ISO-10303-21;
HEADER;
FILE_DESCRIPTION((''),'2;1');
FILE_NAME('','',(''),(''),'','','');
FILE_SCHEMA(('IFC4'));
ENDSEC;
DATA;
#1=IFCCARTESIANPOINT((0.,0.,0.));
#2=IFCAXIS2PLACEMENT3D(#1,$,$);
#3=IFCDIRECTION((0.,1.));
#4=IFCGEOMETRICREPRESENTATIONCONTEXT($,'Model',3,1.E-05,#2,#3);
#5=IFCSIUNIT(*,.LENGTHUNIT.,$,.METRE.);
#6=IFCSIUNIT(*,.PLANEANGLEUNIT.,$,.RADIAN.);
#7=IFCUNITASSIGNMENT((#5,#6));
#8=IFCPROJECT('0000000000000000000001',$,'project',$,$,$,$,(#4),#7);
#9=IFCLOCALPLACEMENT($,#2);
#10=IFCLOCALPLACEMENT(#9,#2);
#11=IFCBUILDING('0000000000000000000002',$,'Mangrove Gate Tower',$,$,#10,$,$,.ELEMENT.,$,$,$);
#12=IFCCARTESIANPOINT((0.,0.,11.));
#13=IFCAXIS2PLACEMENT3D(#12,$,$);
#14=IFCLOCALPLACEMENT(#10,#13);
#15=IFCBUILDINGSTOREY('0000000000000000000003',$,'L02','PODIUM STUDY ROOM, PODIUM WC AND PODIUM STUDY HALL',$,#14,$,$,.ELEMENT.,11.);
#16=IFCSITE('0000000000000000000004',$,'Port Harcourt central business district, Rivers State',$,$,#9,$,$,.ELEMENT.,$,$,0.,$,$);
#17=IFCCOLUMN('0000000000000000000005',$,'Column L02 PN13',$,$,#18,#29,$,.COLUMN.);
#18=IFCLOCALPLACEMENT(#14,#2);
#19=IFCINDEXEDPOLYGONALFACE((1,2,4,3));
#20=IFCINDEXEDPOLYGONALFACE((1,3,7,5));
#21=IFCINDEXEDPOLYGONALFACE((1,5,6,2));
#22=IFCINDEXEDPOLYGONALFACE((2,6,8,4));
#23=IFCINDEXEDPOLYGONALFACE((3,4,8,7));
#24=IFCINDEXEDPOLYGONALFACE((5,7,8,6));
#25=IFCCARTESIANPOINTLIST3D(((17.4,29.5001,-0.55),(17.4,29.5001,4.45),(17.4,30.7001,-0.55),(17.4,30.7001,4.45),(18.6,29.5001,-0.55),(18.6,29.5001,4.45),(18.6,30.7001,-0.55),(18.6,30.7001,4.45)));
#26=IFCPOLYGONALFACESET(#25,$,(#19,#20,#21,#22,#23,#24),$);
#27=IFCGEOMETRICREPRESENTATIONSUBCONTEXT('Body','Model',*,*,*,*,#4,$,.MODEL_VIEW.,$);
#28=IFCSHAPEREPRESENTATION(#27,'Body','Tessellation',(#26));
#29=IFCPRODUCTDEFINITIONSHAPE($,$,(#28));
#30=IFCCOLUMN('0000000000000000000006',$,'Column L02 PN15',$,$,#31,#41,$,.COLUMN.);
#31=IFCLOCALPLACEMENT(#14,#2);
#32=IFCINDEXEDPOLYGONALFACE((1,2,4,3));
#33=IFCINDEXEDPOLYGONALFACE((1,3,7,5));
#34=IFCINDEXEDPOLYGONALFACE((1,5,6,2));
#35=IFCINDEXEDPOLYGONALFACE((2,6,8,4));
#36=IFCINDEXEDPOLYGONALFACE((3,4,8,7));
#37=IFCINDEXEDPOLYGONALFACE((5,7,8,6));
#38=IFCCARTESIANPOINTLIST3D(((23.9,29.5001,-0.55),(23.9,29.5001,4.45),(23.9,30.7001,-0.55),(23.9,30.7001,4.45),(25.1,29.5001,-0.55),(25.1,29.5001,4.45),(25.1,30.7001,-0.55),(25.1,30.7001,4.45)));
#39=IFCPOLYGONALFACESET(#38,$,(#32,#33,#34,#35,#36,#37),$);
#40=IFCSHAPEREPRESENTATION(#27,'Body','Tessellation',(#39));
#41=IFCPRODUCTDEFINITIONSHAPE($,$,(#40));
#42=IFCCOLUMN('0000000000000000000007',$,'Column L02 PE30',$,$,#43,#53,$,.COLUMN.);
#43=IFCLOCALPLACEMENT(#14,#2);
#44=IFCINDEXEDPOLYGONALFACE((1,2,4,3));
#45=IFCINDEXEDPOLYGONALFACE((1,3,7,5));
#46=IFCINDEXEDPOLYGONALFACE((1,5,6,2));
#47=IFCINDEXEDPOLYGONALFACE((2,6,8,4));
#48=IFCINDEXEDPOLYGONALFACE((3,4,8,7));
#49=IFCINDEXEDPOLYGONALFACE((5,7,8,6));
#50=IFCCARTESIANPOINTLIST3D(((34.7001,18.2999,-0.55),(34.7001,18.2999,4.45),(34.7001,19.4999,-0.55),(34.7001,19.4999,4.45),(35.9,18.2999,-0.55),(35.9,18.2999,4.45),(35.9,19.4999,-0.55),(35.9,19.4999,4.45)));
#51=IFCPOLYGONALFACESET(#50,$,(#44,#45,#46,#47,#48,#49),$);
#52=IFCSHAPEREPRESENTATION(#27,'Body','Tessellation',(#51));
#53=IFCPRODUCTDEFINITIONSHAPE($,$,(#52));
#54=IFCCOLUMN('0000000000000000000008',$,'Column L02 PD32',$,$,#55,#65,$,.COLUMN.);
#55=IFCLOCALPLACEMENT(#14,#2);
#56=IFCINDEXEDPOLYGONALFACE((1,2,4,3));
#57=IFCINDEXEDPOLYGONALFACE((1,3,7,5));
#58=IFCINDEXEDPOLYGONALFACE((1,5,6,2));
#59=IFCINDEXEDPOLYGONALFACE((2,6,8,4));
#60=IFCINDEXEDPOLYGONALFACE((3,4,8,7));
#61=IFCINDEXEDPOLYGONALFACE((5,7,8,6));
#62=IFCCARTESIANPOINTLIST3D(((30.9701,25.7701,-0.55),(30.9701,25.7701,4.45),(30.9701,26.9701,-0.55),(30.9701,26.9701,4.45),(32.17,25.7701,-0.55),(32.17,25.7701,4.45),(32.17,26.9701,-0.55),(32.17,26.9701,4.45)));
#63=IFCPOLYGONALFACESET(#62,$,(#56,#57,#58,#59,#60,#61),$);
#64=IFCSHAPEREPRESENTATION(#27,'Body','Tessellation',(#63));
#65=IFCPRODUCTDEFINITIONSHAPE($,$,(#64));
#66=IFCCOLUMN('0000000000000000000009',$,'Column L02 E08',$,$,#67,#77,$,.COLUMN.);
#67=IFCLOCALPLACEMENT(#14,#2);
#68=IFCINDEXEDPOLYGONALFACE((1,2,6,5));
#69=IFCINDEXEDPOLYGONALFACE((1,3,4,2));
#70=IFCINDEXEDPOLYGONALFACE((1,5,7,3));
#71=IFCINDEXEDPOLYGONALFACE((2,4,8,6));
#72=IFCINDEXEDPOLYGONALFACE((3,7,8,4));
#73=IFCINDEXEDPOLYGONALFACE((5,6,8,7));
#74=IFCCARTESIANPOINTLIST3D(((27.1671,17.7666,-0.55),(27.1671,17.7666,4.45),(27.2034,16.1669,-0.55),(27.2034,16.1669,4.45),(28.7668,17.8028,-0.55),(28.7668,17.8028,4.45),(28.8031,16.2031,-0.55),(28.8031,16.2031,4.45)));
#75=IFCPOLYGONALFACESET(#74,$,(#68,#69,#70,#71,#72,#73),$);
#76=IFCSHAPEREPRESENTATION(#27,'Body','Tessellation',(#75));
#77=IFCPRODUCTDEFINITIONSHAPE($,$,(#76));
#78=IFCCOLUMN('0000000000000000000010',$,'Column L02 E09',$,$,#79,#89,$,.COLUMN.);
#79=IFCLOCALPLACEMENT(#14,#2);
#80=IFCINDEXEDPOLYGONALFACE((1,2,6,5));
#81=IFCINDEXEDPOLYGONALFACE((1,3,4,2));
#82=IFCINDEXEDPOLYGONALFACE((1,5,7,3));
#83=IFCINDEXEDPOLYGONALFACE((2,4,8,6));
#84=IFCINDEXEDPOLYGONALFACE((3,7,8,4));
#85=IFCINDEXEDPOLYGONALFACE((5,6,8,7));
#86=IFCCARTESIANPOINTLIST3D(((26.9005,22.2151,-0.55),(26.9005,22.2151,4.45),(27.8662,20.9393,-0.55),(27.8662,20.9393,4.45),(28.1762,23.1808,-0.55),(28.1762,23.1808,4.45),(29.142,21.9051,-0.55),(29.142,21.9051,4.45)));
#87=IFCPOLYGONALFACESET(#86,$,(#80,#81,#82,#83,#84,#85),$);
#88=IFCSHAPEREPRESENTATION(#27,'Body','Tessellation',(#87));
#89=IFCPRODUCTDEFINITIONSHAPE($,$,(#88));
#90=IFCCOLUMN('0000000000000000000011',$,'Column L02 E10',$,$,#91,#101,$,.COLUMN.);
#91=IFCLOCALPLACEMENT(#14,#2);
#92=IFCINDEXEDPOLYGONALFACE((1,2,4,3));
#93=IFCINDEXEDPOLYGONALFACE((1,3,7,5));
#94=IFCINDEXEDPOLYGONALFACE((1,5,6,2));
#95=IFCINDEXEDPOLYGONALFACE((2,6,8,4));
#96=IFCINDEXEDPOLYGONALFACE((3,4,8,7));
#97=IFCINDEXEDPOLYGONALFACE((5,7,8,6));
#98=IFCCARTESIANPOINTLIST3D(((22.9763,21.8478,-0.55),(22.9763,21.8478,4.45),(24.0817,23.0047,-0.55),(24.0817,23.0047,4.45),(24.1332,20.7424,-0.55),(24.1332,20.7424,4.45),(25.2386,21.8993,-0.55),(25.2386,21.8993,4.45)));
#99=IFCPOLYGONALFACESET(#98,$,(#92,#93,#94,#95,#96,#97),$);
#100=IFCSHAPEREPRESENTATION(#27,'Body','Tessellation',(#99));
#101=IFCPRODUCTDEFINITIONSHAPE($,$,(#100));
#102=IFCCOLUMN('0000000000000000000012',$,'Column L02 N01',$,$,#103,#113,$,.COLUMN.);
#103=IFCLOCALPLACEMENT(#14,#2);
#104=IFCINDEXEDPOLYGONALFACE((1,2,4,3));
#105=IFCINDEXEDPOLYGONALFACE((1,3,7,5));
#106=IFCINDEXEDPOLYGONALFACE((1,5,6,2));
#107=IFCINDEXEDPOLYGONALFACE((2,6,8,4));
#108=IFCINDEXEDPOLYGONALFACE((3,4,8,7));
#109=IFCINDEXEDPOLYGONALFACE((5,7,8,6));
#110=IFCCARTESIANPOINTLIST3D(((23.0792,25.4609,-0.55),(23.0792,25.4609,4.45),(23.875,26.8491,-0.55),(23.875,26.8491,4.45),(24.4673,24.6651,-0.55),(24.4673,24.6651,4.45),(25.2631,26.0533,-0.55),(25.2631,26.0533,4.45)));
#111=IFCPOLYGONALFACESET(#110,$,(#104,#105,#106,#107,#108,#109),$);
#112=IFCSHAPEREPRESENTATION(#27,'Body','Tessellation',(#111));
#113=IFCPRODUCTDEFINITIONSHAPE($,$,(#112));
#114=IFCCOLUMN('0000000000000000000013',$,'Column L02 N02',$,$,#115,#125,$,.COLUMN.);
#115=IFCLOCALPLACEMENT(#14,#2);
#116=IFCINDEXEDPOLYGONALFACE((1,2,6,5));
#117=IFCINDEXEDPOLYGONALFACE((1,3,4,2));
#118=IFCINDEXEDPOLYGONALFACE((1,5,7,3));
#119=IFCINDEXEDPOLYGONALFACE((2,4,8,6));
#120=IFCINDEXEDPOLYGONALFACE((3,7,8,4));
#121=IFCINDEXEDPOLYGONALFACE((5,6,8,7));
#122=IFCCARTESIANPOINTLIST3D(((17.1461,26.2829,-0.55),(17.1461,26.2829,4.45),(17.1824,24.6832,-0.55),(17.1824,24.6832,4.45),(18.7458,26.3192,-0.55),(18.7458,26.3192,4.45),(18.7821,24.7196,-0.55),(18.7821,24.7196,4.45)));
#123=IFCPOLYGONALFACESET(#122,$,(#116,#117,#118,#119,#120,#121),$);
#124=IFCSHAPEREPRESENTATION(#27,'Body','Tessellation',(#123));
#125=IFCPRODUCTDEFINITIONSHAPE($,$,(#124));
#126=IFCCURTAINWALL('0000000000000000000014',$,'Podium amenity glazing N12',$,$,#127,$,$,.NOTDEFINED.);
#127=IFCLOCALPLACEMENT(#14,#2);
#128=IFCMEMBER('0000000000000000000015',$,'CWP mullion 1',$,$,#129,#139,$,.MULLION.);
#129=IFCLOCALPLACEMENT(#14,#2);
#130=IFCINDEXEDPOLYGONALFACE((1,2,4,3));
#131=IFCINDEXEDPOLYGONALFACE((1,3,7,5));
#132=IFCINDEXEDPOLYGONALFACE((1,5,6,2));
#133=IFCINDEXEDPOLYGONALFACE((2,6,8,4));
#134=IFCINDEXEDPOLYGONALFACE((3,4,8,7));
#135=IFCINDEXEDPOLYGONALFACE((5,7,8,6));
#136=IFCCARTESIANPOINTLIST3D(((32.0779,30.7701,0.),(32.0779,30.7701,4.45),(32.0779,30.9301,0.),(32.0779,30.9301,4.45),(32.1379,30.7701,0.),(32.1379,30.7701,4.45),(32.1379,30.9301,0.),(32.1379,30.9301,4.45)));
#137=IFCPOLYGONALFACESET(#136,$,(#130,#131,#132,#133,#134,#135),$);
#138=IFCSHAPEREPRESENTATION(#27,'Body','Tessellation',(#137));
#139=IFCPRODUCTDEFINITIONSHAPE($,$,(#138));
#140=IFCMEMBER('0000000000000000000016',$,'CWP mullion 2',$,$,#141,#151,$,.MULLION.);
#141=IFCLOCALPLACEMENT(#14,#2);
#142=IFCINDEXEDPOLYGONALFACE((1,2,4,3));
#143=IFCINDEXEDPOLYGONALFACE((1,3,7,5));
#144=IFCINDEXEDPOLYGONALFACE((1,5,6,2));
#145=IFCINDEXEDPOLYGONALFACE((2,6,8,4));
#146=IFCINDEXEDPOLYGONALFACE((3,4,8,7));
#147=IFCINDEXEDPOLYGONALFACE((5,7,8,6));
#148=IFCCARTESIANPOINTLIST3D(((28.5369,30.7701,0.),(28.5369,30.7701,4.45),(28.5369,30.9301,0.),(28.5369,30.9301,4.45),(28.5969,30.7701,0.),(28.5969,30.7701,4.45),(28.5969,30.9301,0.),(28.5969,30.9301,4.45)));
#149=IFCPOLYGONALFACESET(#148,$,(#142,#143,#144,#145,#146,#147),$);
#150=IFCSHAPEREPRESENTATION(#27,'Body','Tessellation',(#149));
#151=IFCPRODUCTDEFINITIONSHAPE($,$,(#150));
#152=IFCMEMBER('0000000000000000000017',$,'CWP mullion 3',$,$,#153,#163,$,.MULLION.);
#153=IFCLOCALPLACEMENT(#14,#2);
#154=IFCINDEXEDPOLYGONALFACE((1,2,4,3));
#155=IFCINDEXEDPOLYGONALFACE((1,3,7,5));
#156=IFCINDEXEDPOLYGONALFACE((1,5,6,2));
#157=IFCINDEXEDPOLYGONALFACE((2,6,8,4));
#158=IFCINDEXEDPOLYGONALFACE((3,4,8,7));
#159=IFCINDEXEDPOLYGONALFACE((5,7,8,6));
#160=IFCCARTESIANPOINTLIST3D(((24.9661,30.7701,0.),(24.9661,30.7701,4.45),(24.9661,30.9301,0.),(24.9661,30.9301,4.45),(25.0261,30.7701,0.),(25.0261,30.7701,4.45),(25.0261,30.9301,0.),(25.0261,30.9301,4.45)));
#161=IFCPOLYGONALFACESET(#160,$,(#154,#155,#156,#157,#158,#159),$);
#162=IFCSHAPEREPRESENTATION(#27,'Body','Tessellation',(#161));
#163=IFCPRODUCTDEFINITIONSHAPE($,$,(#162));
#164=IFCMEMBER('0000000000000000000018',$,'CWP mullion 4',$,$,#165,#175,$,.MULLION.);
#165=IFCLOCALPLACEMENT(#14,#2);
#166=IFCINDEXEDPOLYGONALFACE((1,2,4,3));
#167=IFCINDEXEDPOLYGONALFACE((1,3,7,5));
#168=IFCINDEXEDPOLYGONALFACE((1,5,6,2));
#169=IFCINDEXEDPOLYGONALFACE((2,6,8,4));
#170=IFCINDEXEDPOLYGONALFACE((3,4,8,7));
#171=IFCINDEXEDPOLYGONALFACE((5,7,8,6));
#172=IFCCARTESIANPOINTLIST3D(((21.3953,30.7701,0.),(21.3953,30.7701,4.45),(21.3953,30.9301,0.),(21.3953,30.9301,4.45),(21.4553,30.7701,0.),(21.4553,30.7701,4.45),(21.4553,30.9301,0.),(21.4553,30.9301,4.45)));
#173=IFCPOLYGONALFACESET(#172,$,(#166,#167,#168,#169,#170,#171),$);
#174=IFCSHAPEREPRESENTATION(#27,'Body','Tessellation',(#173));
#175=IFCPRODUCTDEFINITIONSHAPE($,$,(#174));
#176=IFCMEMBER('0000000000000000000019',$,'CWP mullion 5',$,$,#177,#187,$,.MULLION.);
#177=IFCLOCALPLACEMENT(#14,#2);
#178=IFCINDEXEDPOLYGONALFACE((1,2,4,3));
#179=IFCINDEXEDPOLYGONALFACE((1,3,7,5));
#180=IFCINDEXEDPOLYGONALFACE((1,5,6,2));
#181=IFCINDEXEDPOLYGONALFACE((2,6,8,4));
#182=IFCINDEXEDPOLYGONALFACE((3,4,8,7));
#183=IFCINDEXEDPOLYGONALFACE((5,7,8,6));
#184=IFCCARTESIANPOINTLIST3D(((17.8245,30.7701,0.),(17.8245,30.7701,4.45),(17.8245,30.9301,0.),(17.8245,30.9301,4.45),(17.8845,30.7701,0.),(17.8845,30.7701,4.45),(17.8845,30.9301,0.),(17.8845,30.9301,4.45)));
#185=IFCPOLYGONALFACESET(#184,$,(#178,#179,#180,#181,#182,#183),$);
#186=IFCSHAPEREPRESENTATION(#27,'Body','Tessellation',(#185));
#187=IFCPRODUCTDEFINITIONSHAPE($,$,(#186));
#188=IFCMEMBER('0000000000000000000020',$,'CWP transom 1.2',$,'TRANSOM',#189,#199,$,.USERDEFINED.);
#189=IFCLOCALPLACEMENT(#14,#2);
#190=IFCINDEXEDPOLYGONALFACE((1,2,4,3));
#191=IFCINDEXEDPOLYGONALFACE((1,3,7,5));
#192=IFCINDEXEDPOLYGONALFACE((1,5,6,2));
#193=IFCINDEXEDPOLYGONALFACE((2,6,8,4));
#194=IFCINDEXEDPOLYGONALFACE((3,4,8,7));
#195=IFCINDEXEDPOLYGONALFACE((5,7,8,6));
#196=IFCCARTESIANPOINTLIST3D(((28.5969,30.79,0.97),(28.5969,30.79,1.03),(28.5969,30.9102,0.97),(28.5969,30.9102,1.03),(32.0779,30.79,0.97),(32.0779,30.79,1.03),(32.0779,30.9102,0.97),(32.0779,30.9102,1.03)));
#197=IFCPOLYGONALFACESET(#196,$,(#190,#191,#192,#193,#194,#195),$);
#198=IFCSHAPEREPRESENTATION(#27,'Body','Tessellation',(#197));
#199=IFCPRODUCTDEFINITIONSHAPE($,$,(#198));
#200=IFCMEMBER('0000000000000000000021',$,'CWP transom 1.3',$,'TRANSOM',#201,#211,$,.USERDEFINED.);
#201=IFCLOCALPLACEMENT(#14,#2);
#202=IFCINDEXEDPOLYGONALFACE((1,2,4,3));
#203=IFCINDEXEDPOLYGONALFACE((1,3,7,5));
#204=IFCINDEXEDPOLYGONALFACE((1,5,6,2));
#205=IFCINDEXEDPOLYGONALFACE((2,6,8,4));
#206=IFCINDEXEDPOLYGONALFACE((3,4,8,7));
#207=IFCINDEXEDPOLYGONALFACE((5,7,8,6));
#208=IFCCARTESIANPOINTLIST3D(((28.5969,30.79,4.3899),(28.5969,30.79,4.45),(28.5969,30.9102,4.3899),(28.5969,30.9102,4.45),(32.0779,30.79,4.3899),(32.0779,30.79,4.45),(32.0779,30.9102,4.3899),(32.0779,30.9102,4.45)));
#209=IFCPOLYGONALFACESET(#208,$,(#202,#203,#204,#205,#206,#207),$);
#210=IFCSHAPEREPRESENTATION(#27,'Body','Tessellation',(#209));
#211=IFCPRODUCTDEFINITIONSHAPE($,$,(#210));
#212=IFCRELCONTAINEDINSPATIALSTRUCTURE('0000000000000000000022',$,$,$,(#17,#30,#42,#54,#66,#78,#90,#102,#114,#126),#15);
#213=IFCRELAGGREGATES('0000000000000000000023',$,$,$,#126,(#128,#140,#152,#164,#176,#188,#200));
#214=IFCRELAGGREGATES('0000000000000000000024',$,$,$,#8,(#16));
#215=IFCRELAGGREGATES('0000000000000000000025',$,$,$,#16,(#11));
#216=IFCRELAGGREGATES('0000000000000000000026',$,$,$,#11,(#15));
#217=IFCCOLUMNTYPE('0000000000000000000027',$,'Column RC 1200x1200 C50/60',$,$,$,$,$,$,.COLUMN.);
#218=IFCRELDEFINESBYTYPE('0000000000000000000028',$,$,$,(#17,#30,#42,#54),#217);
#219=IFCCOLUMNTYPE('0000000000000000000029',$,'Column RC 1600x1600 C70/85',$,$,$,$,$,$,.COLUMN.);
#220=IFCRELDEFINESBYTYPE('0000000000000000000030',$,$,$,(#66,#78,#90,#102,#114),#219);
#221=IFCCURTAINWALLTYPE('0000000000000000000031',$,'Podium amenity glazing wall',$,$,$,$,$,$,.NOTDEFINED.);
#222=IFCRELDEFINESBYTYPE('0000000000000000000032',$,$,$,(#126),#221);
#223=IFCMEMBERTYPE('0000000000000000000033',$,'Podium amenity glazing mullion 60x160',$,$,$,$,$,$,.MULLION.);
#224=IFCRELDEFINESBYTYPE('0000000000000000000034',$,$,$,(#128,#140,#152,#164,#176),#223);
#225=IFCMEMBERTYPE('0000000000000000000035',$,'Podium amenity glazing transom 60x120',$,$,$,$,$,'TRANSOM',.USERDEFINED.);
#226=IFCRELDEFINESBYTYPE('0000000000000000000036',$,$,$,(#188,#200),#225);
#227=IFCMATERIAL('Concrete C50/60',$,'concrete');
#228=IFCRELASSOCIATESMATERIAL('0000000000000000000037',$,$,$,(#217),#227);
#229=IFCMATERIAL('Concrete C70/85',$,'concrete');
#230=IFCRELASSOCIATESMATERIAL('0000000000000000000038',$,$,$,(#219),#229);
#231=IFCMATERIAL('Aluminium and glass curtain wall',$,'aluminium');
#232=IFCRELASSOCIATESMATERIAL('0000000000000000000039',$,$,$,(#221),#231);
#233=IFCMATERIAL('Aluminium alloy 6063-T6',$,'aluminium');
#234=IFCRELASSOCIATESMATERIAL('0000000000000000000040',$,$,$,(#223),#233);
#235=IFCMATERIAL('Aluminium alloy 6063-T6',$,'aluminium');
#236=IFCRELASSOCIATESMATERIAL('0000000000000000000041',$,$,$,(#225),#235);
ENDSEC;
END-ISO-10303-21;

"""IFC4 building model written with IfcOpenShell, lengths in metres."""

from ifc_helpers import new_model, si_unit, direction, frame, origin, origin_2d, place, context, subcontext, project, spatial, rectangle, extrude, material, material_profile, profile_set, type_object, element, aggregate, save


model = new_model("IFC4")

# Units and contexts
model_context = context("Model", 3, precision=1e-05, world=origin(), true_north=direction((0.0, 1.0)))
body_context = subcontext(model_context, "Body", "Model", "MODEL_VIEW")
ifc_project = project(units=[si_unit("LENGTHUNIT", "METRE"), si_unit("PLANEANGLEUNIT", "RADIAN")], contexts=[model_context])

# Site, building, storey
site_placement = place(None, origin())
site = spatial("IfcSite", under=ifc_project, at=site_placement, Name="Port Harcourt central business district, Rivers State", CompositionType="ELEMENT", RefElevation=0.0)
building_placement = place(site_placement, origin())
building = spatial("IfcBuilding", under=site, at=building_placement, Name="Mangrove Gate Tower", CompositionType="ELEMENT")
storey_placement = place(building_placement, frame((0.0, 0.0, 11.0)))
storey = spatial("IfcBuildingStorey", under=building, at=storey_placement, Name="L02", Description="PODIUM STUDY ROOM, PODIUM WC AND PODIUM STUDY HALL", CompositionType="ELEMENT", Elevation=11.0)

# Columns
ifc_material_1 = material(Name="Concrete C50/60", Category="concrete")
ifc_material_profile_1 = material_profile(ifc_material_1, rectangle(XDim=1.2, YDim=1.2, at=origin_2d()))
ifc_profile_set_1 = profile_set([ifc_material_profile_1], Name="Concrete C50/60")
column_type_1 = type_object("IfcColumnType", Name="Column RC 1200x1200 C50/60", PredefinedType="COLUMN", material=ifc_profile_set_1)
for number, where, z_axis, x_axis, name in (
    (1, (18.0, 30.1001, -0.55), (0.0, 0.0, 1.0), (1.0, 0.0, 0.0), "Column L02 PN13"),
    (2, (24.5, 30.1001, -0.55), (0.0, 0.0, 1.0), (1.0, 0.0, 0.0), "Column L02 PN15"),
    (3, (35.3, 18.8999, -0.55), (0.0, 0.0, 1.0), (1.0, 0.0, 0.0), "Column L02 PE30"),
    (4, (31.5701, 26.3701, -0.55), (0.0, 0.0, 1.0), (1.0, 0.0, 0.0), "Column L02 PD32"),
):
    element("IfcColumn", number, at=place(storey_placement, frame(where, z_axis=z_axis, x_axis=x_axis)), inside=storey, type_object=column_type_1, Name=name, PredefinedType="COLUMN", context=body_context, shape_type="SweptSolid", body=[
        extrude(rectangle(XDim=1.2, YDim=1.2, at=origin_2d()), origin(), (0.0, 0.0, 1.0), 5.0),
    ])
ifc_material_2 = material(Name="Concrete C70/85", Category="concrete")
ifc_material_profile_2 = material_profile(ifc_material_2, rectangle(XDim=1.6001, YDim=1.6001, at=origin_2d()))
ifc_profile_set_2 = profile_set([ifc_material_profile_2], Name="Concrete C70/85")
column_type_2 = type_object("IfcColumnType", Name="Column RC 1600x1600 C70/85", PredefinedType="COLUMN", material=ifc_profile_set_2)
for number, where, z_axis, x_axis, name in (
    (5, (27.9851, 16.9849, -0.55), (0.0, 0.0, 1.0), (-0.022646, 0.999744, 0.0), "Column L02 E08"),
    (6, (28.0212, 22.0601, -0.55), (0.0, 0.0, 1.0), (-0.603576, 0.797306, 0.0), "Column L02 E09"),
    (7, (24.1074, 21.8735, -0.55), (0.0, 0.0, 1.0), (-0.72301, 0.690837, 0.0), "Column L02 E10"),
    (8, (24.1711, 25.7571, -0.55), (0.0, 0.0, 1.0), (-0.867551, 0.497349, 0.0), "Column L02 N01"),
    (9, (17.9641, 25.5012, -0.55), (0.0, 0.0, 1.0), (-0.999742, -0.022718, 0.0), "Column L02 N02"),
):
    element("IfcColumn", number, at=place(storey_placement, frame(where, z_axis=z_axis, x_axis=x_axis)), inside=storey, type_object=column_type_2, Name=name, PredefinedType="COLUMN", context=body_context, shape_type="SweptSolid", body=[
        extrude(rectangle(XDim=1.6001, YDim=1.6001, at=origin_2d()), origin(), (0.0, 0.0, 1.0), 5.0),
    ])

# Curtain wall, members
ifc_material_3 = material(Name="Aluminium and glass curtain wall", Category="aluminium")
curtain_wall_type = type_object("IfcCurtainWallType", Name="Podium amenity glazing wall", PredefinedType="NOTDEFINED", material=ifc_material_3)
curtain_wall_placement = place(storey_placement, origin())
curtain_wall = element("IfcCurtainWall", 10, at=curtain_wall_placement, inside=storey, type_object=curtain_wall_type, Name="Podium amenity glazing N12", PredefinedType="NOTDEFINED")
ifc_material_4 = material(Name="Aluminium alloy 6063-T6", Category="aluminium")
ifc_material_profile_3 = material_profile(ifc_material_4, rectangle(XDim=0.0601, YDim=0.1599, at=origin_2d()))
ifc_profile_set_3 = profile_set([ifc_material_profile_3], Name="Aluminium alloy 6063-T6")
member_type_1 = type_object("IfcMemberType", Name="Podium amenity glazing mullion 60x160", PredefinedType="MULLION", material=ifc_profile_set_3)
member_1_placement = place(storey_placement, frame((32.1079, 30.8501, 0.0), z_axis=(0.0, 0.0, 1.0), x_axis=(-1.0, 0.0, 0.0)))
member_1 = element("IfcMember", 11, at=member_1_placement, type_object=member_type_1, Name="CWP mullion 1", PredefinedType="MULLION", context=body_context, shape_type="SweptSolid", body=[
    extrude(rectangle(XDim=0.0601, YDim=0.1599, at=origin_2d()), origin(), (0.0, 0.0, 1.0), 4.45),
])
member_2_placement = place(storey_placement, frame((28.5669, 30.8501, 0.0), z_axis=(0.0, 0.0, 1.0), x_axis=(-1.0, 0.0, 0.0)))
member_2 = element("IfcMember", 12, at=member_2_placement, type_object=member_type_1, Name="CWP mullion 2", PredefinedType="MULLION", context=body_context, shape_type="SweptSolid", body=[
    extrude(rectangle(XDim=0.0601, YDim=0.1599, at=origin_2d()), origin(), (0.0, 0.0, 1.0), 4.45),
])
member_3_placement = place(storey_placement, frame((24.9961, 30.8501, 0.0), z_axis=(0.0, 0.0, 1.0), x_axis=(-1.0, 0.0, 0.0)))
member_3 = element("IfcMember", 13, at=member_3_placement, type_object=member_type_1, Name="CWP mullion 3", PredefinedType="MULLION", context=body_context, shape_type="SweptSolid", body=[
    extrude(rectangle(XDim=0.0601, YDim=0.1599, at=origin_2d()), origin(), (0.0, 0.0, 1.0), 4.45),
])
member_4_placement = place(storey_placement, frame((21.4253, 30.8501, 0.0), z_axis=(0.0, 0.0, 1.0), x_axis=(-1.0, 0.0, 0.0)))
member_4 = element("IfcMember", 14, at=member_4_placement, type_object=member_type_1, Name="CWP mullion 4", PredefinedType="MULLION", context=body_context, shape_type="SweptSolid", body=[
    extrude(rectangle(XDim=0.0601, YDim=0.1599, at=origin_2d()), origin(), (0.0, 0.0, 1.0), 4.45),
])
member_5_placement = place(storey_placement, frame((17.8545, 30.8501, 0.0), z_axis=(0.0, 0.0, 1.0), x_axis=(-1.0, 0.0, 0.0)))
member_5 = element("IfcMember", 15, at=member_5_placement, type_object=member_type_1, Name="CWP mullion 5", PredefinedType="MULLION", context=body_context, shape_type="SweptSolid", body=[
    extrude(rectangle(XDim=0.0601, YDim=0.1599, at=origin_2d()), origin(), (0.0, 0.0, 1.0), 4.45),
])
ifc_material_5 = material(Name="Aluminium alloy 6063-T6", Category="aluminium")
ifc_material_profile_4 = material_profile(ifc_material_5, rectangle(XDim=0.0601, YDim=0.1201, at=origin_2d()))
ifc_profile_set_4 = profile_set([ifc_material_profile_4], Name="Aluminium alloy 6063-T6")
member_type_2 = type_object("IfcMemberType", Name="Podium amenity glazing transom 60x120", ElementType="TRANSOM", PredefinedType="USERDEFINED", material=ifc_profile_set_4)
member_6_placement = place(storey_placement, frame((32.0779, 30.8501, 1.0), z_axis=(-1.0, 0.0, 0.0), x_axis=(0.0, 0.0, 1.0)))
member_6 = element("IfcMember", 16, at=member_6_placement, type_object=member_type_2, Name="CWP transom 1.2", ObjectType="TRANSOM", PredefinedType="USERDEFINED", context=body_context, shape_type="SweptSolid", body=[
    extrude(rectangle(XDim=0.0601, YDim=0.1201, at=origin_2d()), origin(), (0.0, 0.0, 1.0), 3.481),
])
member_7_placement = place(storey_placement, frame((32.0779, 30.8501, 4.4199), z_axis=(-1.0, 0.0, 0.0), x_axis=(0.0, 0.0, 1.0)))
member_7 = element("IfcMember", 17, at=member_7_placement, type_object=member_type_2, Name="CWP transom 1.3", ObjectType="TRANSOM", PredefinedType="USERDEFINED", context=body_context, shape_type="SweptSolid", body=[
    extrude(rectangle(XDim=0.0601, YDim=0.1201, at=origin_2d()), origin(), (0.0, 0.0, 1.0), 3.481),
])
aggregate(curtain_wall, [member_1, member_2, member_3, member_4, member_5, member_6, member_7])

save(model, "model.ifc")
